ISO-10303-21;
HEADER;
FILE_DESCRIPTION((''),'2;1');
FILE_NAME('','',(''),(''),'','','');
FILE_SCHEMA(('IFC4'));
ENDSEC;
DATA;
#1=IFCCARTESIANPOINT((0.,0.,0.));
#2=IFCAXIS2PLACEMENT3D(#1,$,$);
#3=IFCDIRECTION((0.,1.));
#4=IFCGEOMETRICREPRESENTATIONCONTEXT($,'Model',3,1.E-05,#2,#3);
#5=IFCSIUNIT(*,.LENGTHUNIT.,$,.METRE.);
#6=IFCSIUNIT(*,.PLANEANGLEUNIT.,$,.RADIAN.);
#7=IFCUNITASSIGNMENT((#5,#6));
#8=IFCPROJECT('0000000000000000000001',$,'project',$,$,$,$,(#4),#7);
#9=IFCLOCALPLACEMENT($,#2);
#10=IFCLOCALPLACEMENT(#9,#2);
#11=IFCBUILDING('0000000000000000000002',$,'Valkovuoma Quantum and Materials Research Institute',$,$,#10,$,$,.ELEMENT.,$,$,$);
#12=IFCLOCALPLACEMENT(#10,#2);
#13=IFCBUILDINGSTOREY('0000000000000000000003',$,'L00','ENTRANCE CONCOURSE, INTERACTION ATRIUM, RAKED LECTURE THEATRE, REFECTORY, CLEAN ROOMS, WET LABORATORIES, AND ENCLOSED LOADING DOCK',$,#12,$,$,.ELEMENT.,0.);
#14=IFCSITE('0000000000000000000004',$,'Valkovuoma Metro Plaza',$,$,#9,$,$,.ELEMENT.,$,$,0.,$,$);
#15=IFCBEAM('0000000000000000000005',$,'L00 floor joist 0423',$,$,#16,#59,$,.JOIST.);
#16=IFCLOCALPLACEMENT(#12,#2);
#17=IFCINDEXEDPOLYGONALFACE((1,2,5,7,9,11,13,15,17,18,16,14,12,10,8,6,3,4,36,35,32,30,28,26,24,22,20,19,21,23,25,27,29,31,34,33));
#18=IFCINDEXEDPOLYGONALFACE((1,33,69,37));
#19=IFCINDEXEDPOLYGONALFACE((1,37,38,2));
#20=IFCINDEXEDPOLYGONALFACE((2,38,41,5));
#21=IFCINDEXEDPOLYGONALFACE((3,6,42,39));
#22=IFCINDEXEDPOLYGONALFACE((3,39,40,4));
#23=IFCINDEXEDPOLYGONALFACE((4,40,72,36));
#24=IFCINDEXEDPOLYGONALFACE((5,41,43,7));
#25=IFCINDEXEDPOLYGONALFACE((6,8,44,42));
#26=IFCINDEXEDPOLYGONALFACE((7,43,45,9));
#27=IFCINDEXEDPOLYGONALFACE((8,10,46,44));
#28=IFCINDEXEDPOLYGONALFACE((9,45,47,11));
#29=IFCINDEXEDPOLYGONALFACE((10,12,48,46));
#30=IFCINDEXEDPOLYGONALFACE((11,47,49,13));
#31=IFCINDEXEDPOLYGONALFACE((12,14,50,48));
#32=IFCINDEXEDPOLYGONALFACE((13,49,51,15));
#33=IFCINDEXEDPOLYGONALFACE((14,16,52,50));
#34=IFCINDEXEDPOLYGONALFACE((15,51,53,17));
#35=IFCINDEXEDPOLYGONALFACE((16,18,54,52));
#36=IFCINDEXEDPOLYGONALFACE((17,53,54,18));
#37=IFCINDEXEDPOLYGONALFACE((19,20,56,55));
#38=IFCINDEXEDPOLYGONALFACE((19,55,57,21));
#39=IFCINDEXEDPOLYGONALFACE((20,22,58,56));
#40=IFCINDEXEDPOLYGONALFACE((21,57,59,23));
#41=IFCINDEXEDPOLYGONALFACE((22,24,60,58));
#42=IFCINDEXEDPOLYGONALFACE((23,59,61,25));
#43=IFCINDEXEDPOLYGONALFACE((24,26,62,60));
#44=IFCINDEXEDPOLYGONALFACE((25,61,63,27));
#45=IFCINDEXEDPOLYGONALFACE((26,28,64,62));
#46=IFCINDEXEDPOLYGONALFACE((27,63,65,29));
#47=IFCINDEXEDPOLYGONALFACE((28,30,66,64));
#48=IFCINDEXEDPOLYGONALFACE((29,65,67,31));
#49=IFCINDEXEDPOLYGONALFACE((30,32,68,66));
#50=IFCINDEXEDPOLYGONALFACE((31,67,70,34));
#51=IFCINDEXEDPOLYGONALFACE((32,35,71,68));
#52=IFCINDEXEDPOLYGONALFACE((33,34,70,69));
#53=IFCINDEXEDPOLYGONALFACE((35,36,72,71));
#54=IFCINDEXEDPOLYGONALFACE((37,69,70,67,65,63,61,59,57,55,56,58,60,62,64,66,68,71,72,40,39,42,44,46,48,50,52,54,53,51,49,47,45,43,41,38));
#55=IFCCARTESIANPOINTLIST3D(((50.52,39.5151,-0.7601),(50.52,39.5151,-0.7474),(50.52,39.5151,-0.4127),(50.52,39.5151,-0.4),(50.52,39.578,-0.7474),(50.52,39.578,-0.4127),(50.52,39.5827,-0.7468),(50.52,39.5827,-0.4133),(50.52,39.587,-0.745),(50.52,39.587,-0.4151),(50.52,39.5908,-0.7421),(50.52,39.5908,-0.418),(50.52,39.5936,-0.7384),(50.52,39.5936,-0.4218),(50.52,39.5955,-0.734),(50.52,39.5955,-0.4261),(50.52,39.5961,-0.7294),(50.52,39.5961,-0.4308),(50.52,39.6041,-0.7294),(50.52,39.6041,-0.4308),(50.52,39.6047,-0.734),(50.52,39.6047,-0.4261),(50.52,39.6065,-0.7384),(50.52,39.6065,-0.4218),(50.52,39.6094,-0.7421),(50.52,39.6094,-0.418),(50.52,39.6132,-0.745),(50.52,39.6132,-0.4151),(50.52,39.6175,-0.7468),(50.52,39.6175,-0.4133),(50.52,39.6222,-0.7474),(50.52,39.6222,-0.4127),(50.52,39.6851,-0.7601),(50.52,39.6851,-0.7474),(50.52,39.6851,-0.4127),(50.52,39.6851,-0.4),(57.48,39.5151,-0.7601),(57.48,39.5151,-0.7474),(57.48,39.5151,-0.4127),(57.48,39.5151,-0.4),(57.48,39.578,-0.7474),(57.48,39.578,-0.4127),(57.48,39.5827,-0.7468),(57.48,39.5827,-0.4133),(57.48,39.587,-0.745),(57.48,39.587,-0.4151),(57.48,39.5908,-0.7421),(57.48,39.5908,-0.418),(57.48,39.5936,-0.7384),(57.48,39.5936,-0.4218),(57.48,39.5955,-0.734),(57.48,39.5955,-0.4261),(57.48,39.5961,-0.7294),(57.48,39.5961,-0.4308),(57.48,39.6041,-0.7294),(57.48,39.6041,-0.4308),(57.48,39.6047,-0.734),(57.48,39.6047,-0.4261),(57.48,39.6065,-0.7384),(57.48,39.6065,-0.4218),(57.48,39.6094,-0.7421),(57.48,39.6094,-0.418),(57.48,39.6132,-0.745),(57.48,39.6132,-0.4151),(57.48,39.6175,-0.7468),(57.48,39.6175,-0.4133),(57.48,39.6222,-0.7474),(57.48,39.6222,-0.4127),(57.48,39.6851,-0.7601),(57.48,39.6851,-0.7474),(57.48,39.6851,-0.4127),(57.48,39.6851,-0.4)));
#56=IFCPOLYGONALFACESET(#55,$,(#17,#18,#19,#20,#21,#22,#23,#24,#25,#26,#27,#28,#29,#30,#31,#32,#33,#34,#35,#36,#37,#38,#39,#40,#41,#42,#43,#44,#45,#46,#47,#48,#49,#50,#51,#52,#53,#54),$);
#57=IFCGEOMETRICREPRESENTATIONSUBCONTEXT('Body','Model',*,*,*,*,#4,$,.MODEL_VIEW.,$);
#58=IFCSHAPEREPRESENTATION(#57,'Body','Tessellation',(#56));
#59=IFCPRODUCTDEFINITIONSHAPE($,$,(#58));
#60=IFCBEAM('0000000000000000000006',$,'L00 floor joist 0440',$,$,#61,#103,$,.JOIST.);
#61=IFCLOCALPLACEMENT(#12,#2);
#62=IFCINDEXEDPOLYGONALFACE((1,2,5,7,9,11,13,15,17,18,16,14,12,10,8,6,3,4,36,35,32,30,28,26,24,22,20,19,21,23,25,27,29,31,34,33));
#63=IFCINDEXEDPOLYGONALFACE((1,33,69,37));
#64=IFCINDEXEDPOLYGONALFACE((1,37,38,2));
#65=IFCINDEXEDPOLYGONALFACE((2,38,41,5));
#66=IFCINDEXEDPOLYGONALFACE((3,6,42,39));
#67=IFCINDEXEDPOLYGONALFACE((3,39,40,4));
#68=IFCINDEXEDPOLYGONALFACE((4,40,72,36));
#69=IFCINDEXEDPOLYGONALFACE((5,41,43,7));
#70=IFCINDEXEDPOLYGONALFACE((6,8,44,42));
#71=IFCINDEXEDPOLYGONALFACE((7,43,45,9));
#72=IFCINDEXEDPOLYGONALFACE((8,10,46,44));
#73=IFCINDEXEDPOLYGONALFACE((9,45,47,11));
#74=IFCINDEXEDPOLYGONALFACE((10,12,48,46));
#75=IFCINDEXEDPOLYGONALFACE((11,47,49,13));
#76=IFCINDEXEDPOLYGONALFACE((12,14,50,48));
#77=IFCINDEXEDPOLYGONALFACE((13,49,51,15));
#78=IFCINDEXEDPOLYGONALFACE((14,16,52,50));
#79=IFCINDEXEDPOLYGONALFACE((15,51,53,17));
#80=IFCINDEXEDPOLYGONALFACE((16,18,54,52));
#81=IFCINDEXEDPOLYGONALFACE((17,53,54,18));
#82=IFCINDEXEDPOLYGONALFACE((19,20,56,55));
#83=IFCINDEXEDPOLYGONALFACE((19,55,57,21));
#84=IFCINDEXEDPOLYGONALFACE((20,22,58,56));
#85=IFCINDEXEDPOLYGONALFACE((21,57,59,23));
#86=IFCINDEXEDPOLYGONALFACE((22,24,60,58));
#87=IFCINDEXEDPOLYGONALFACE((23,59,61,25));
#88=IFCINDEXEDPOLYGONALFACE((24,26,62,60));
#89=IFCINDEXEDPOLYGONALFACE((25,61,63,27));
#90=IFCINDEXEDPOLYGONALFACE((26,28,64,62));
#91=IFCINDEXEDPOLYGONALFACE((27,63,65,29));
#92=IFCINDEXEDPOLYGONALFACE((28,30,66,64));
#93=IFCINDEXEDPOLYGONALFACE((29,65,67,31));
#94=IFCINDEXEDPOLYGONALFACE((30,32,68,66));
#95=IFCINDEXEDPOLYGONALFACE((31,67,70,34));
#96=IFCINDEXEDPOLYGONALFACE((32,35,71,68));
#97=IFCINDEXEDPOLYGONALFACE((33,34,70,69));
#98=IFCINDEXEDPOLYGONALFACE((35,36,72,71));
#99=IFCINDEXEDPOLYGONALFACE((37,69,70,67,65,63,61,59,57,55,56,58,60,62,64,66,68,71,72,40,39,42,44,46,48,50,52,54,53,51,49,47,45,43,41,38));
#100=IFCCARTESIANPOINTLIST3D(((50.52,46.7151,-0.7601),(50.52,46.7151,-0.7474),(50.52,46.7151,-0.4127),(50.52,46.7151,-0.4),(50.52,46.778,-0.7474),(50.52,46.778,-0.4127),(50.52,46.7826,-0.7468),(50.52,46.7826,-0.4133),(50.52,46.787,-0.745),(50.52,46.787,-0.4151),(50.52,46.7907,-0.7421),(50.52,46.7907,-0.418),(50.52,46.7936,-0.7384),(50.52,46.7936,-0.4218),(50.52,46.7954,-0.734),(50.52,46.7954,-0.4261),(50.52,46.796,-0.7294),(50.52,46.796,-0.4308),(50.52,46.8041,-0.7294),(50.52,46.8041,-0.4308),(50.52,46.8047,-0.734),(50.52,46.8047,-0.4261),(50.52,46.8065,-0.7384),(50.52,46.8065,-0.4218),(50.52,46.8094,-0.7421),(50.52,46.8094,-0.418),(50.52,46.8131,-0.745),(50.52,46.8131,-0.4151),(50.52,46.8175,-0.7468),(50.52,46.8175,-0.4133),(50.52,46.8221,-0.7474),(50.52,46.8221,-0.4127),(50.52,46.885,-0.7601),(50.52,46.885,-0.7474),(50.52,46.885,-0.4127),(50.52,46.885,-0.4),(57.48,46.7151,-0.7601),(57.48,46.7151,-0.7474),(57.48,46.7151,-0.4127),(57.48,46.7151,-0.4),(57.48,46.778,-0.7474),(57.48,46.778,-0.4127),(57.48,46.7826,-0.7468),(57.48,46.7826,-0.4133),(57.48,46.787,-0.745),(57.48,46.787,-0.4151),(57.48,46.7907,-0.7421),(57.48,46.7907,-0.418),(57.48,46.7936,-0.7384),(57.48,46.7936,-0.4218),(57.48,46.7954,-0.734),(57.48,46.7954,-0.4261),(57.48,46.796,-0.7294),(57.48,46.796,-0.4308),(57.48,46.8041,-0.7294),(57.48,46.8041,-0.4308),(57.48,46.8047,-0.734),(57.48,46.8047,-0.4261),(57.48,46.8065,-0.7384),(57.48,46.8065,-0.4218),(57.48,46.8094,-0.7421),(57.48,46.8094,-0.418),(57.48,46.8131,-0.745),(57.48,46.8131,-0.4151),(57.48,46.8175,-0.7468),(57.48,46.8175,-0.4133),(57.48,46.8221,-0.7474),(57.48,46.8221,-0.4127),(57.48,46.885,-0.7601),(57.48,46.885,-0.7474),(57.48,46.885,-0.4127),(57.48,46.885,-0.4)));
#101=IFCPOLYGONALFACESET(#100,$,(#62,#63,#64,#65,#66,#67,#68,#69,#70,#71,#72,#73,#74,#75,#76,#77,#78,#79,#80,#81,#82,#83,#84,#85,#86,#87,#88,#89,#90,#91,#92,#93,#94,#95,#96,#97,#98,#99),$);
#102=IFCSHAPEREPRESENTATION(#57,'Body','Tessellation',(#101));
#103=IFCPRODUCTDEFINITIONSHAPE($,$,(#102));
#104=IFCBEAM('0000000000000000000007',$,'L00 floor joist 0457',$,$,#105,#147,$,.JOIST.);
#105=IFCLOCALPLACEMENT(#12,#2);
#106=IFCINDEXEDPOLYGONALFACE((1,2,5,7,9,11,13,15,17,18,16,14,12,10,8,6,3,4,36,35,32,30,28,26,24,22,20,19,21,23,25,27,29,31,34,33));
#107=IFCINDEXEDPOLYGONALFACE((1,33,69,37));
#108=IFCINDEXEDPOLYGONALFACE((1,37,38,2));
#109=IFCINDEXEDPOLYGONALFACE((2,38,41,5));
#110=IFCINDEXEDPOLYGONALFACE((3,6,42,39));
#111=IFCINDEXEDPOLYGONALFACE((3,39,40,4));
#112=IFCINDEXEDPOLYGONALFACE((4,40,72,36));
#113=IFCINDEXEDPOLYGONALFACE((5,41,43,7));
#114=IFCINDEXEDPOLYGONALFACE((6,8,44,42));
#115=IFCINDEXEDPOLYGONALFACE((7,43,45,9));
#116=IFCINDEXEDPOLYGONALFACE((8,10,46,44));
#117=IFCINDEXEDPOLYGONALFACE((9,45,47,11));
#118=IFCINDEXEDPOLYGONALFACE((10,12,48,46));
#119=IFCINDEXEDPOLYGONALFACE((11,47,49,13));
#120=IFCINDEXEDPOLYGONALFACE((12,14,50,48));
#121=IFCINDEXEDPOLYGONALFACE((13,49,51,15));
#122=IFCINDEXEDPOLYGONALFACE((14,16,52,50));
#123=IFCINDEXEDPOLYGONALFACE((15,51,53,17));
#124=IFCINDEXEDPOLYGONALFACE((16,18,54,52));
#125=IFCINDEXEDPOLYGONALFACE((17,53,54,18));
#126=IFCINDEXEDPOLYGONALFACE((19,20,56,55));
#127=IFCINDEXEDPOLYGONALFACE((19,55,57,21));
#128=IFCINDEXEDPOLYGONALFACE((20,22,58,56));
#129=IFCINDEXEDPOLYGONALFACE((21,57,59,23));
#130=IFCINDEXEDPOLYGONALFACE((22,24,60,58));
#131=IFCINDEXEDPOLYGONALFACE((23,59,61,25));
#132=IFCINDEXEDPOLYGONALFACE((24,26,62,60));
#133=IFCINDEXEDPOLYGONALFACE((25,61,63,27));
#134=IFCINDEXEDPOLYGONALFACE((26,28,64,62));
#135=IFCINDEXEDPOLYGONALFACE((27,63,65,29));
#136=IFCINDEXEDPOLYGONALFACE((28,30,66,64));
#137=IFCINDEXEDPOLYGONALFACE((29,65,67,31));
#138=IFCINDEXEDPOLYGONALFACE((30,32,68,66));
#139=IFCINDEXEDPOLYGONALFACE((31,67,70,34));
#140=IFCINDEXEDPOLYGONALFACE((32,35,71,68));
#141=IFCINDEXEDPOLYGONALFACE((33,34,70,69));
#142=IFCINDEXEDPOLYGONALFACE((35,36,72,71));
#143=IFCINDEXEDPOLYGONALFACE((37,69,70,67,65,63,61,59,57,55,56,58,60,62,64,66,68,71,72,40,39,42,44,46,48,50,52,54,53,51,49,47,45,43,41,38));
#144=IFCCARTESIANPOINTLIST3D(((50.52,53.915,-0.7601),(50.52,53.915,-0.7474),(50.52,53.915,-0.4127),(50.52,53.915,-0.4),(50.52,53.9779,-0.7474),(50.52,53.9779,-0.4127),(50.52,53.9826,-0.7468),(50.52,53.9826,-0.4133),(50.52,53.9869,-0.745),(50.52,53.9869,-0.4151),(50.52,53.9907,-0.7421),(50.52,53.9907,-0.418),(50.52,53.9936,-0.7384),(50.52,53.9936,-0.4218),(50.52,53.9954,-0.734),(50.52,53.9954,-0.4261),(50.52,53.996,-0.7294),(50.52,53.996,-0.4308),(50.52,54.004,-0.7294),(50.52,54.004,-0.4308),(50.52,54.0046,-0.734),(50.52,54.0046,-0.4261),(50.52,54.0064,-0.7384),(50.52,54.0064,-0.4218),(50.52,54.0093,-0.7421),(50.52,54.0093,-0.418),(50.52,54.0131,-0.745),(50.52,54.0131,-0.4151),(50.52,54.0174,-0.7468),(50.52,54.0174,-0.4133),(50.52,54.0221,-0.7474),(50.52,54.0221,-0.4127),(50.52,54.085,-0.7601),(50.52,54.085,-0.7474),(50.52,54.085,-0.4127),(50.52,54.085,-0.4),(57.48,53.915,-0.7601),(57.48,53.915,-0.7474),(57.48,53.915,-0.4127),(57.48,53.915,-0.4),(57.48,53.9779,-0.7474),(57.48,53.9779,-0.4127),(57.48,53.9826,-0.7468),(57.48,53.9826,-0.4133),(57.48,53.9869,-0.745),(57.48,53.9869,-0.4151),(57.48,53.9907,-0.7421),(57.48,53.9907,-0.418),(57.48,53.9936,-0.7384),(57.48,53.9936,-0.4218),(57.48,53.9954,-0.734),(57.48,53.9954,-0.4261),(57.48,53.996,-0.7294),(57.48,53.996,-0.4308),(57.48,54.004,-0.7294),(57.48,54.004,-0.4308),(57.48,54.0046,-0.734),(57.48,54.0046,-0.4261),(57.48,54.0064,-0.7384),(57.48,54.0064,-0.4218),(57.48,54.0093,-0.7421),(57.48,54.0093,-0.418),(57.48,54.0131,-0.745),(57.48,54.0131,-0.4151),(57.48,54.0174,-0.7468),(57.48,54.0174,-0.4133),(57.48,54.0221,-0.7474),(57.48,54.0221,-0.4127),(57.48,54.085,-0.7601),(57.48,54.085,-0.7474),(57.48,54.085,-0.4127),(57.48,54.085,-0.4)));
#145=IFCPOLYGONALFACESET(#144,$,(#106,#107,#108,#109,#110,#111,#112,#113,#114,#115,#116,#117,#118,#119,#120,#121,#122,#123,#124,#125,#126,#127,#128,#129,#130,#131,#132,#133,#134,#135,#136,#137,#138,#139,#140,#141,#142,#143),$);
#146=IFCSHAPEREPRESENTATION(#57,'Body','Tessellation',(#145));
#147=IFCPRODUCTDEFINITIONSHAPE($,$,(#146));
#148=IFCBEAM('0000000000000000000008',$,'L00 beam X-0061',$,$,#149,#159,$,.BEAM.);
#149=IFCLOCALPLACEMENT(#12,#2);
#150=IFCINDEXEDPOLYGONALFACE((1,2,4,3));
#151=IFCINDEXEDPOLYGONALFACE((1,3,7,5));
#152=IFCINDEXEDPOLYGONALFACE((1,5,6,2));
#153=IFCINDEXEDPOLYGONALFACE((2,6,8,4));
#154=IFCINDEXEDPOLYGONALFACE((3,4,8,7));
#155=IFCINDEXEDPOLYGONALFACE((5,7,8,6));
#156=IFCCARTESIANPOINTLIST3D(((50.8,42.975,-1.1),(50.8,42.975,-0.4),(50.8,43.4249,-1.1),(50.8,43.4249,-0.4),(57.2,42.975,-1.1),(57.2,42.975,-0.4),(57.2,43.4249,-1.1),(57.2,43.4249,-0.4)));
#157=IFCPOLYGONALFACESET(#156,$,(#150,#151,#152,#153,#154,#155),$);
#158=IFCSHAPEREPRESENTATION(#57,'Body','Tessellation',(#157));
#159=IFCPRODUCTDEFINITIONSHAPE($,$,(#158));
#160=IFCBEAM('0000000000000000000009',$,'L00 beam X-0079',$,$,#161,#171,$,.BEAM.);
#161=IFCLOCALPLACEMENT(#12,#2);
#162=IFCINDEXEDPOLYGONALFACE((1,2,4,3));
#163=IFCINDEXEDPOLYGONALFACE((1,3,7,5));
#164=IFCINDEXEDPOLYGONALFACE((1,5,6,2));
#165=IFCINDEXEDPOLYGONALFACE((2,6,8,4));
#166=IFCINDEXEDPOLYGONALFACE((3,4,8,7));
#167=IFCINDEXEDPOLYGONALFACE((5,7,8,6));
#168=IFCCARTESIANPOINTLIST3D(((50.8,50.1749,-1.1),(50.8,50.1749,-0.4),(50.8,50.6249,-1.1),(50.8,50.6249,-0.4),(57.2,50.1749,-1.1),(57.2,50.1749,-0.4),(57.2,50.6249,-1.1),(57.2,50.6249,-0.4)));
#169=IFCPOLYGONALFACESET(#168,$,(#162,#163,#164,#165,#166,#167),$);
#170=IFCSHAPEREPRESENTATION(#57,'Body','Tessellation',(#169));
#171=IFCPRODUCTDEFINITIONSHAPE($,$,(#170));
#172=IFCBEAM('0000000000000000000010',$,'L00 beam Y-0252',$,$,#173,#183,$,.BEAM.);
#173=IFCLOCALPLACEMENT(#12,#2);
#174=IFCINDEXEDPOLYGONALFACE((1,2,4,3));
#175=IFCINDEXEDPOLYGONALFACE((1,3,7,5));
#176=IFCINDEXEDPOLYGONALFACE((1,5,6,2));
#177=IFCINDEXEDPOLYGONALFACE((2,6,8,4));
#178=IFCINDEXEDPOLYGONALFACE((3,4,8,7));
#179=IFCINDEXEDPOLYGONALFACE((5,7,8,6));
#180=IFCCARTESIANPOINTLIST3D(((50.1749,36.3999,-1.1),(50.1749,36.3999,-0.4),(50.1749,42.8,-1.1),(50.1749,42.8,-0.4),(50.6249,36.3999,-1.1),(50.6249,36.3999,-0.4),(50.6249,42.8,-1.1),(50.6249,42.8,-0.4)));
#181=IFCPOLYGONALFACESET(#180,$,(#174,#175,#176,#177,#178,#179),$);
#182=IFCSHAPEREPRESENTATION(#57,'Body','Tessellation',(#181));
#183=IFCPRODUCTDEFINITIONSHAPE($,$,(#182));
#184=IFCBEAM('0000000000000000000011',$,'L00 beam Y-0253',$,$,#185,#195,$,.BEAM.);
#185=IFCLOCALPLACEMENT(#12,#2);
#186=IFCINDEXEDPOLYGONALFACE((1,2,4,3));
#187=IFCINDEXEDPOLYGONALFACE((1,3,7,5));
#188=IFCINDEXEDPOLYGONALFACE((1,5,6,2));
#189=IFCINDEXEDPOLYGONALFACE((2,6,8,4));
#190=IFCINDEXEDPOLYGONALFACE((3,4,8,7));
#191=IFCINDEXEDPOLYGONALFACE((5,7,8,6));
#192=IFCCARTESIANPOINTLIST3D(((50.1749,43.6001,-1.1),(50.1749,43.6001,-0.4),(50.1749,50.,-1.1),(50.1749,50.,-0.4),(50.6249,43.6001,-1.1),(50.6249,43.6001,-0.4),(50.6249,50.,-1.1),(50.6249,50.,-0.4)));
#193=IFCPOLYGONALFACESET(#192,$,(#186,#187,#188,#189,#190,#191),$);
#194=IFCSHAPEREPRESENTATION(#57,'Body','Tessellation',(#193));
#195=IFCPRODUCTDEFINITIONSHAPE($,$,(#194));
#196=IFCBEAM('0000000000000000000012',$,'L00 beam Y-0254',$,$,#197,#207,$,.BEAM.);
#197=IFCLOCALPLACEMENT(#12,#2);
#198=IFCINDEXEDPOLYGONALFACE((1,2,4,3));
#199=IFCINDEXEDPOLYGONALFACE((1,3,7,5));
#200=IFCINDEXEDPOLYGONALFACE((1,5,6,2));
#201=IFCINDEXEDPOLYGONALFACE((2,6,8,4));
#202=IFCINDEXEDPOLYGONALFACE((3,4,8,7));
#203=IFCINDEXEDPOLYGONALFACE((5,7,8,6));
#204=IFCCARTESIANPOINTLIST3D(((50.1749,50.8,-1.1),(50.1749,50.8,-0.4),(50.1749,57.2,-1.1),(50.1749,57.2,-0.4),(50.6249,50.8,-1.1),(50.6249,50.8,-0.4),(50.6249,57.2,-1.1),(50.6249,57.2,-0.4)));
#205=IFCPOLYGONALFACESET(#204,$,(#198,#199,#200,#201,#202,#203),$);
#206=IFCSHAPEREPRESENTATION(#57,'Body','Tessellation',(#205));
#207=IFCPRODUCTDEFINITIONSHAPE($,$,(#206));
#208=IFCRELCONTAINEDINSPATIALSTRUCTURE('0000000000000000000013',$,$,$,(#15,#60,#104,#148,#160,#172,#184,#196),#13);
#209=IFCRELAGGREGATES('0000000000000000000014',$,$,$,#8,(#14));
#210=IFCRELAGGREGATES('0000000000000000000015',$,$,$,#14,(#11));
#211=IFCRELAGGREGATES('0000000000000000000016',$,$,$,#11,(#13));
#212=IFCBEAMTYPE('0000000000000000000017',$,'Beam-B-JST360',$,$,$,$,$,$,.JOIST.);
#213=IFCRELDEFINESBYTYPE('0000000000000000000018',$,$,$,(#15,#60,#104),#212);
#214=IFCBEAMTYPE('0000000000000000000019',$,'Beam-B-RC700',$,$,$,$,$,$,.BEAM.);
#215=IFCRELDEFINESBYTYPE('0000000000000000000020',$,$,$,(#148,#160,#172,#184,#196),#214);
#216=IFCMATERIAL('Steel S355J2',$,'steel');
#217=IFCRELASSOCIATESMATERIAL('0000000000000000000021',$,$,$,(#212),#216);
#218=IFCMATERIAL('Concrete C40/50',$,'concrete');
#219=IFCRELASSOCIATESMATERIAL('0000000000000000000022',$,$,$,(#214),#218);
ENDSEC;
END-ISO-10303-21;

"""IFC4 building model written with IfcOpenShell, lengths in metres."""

from ifc_helpers import new_model, si_unit, direction, frame, origin, origin_2d, place, context, subcontext, project, spatial, rectangle, i_section, extrude, material, material_profile, profile_set, type_object, element, save


model = new_model("IFC4")

# Units and contexts
model_context = context("Model", 3, precision=1e-05, world=origin(), true_north=direction((0.0, 1.0)))
body_context = subcontext(model_context, "Body", "Model", "MODEL_VIEW")
ifc_project = project(units=[si_unit("LENGTHUNIT", "METRE"), si_unit("PLANEANGLEUNIT", "RADIAN")], contexts=[model_context])

# Site, building, storey
site_placement = place(None, origin())
site = spatial("IfcSite", under=ifc_project, at=site_placement, Name="Valkovuoma Metro Plaza", CompositionType="ELEMENT", RefElevation=0.0)
building_placement = place(site_placement, origin())
building = spatial("IfcBuilding", under=site, at=building_placement, Name="Valkovuoma Quantum and Materials Research Institute", CompositionType="ELEMENT")
storey_placement = place(building_placement, origin())
storey = spatial("IfcBuildingStorey", under=building, at=storey_placement, Name="L00", Description="ENTRANCE CONCOURSE, INTERACTION ATRIUM, RAKED LECTURE THEATRE, REFECTORY, CLEAN ROOMS, WET LABORATORIES, AND ENCLOSED LOADING DOCK", CompositionType="ELEMENT", Elevation=0.0)

# Beams
ifc_material_1 = material(Name="Steel S355J2", Category="steel")
ifc_material_profile_1 = material_profile(ifc_material_1, i_section(OverallWidth=0.1699, OverallDepth=0.3601, WebThickness=0.0081, FlangeThickness=0.0127, FilletRadius=0.0181, at=origin_2d()), Name="Steel S355J2")
ifc_profile_set_1 = profile_set([ifc_material_profile_1], Name="Steel S355J2")
beam_type_1 = type_object("IfcBeamType", Name="Beam-B-JST360", PredefinedType="JOIST", material=ifc_profile_set_1)
for number, where, z_axis, x_axis, name in (
    (1, (50.52, 39.6001, -0.5801), (1.0, 0.0, 0.0), (0.0, 1.0, 0.0), "L00 floor joist 0423"),
    (2, (50.52, 46.8, -0.5801), (1.0, 0.0, 0.0), (0.0, 1.0, 0.0), "L00 floor joist 0440"),
    (3, (50.52, 54.0, -0.5801), (1.0, 0.0, 0.0), (0.0, 1.0, 0.0), "L00 floor joist 0457"),
):
    element("IfcBeam", number, at=place(storey_placement, frame(where, z_axis=z_axis, x_axis=x_axis)), inside=storey, type_object=beam_type_1, Name=name, PredefinedType="JOIST", context=body_context, shape_type="SweptSolid", body=[
        extrude(i_section(OverallWidth=0.1699, OverallDepth=0.3601, WebThickness=0.0081, FlangeThickness=0.0127, FilletRadius=0.0181, at=origin_2d()), origin(), (0.0, 0.0, 1.0), 6.96),
    ])
ifc_material_2 = material(Name="Concrete C40/50", Category="concrete")
ifc_material_profile_2 = material_profile(ifc_material_2, rectangle(XDim=0.45, YDim=0.7, at=origin_2d()), Name="Concrete C40/50")
ifc_profile_set_2 = profile_set([ifc_material_profile_2], Name="Concrete C40/50")
beam_type_2 = type_object("IfcBeamType", Name="Beam-B-RC700", PredefinedType="BEAM", material=ifc_profile_set_2)
for number, where, z_axis, x_axis, name in (
    (4, (50.8, 43.2, -0.75), (1.0, 0.0, 0.0), (0.0, 1.0, 0.0), "L00 beam X-0061"),
    (5, (50.8, 50.3999, -0.75), (1.0, 0.0, 0.0), (0.0, 1.0, 0.0), "L00 beam X-0079"),
):
    element("IfcBeam", number, at=place(storey_placement, frame(where, z_axis=z_axis, x_axis=x_axis)), inside=storey, type_object=beam_type_2, Name=name, PredefinedType="BEAM", context=body_context, shape_type="SweptSolid", body=[
        extrude(rectangle(XDim=0.45, YDim=0.7, at=origin_2d()), origin(), (0.0, 0.0, 1.0), 6.3999),
    ])
beam_placement = place(storey_placement, frame((50.3999, 36.3999, -0.75), z_axis=(0.0, 1.0, 0.0), x_axis=(-1.0, 0.0, 0.0)))
element("IfcBeam", 6, at=beam_placement, inside=storey, type_object=beam_type_2, Name="L00 beam Y-0252", PredefinedType="BEAM", context=body_context, shape_type="SweptSolid", body=[
    extrude(rectangle(XDim=0.45, YDim=0.7, at=origin_2d()), origin(), (0.0, 0.0, 1.0), 6.4001),
])
for number, where, z_axis, x_axis, name in (
    (7, (50.3999, 43.6001, -0.75), (0.0, 1.0, 0.0), (-1.0, 0.0, 0.0), "L00 beam Y-0253"),
    (8, (50.3999, 50.8, -0.75), (0.0, 1.0, 0.0), (-1.0, 0.0, 0.0), "L00 beam Y-0254"),
):
    element("IfcBeam", number, at=place(storey_placement, frame(where, z_axis=z_axis, x_axis=x_axis)), inside=storey, type_object=beam_type_2, Name=name, PredefinedType="BEAM", context=body_context, shape_type="SweptSolid", body=[
        extrude(rectangle(XDim=0.45, YDim=0.7, at=origin_2d()), origin(), (0.0, 0.0, 1.0), 6.3999),
    ])

save(model, "model.ifc")
